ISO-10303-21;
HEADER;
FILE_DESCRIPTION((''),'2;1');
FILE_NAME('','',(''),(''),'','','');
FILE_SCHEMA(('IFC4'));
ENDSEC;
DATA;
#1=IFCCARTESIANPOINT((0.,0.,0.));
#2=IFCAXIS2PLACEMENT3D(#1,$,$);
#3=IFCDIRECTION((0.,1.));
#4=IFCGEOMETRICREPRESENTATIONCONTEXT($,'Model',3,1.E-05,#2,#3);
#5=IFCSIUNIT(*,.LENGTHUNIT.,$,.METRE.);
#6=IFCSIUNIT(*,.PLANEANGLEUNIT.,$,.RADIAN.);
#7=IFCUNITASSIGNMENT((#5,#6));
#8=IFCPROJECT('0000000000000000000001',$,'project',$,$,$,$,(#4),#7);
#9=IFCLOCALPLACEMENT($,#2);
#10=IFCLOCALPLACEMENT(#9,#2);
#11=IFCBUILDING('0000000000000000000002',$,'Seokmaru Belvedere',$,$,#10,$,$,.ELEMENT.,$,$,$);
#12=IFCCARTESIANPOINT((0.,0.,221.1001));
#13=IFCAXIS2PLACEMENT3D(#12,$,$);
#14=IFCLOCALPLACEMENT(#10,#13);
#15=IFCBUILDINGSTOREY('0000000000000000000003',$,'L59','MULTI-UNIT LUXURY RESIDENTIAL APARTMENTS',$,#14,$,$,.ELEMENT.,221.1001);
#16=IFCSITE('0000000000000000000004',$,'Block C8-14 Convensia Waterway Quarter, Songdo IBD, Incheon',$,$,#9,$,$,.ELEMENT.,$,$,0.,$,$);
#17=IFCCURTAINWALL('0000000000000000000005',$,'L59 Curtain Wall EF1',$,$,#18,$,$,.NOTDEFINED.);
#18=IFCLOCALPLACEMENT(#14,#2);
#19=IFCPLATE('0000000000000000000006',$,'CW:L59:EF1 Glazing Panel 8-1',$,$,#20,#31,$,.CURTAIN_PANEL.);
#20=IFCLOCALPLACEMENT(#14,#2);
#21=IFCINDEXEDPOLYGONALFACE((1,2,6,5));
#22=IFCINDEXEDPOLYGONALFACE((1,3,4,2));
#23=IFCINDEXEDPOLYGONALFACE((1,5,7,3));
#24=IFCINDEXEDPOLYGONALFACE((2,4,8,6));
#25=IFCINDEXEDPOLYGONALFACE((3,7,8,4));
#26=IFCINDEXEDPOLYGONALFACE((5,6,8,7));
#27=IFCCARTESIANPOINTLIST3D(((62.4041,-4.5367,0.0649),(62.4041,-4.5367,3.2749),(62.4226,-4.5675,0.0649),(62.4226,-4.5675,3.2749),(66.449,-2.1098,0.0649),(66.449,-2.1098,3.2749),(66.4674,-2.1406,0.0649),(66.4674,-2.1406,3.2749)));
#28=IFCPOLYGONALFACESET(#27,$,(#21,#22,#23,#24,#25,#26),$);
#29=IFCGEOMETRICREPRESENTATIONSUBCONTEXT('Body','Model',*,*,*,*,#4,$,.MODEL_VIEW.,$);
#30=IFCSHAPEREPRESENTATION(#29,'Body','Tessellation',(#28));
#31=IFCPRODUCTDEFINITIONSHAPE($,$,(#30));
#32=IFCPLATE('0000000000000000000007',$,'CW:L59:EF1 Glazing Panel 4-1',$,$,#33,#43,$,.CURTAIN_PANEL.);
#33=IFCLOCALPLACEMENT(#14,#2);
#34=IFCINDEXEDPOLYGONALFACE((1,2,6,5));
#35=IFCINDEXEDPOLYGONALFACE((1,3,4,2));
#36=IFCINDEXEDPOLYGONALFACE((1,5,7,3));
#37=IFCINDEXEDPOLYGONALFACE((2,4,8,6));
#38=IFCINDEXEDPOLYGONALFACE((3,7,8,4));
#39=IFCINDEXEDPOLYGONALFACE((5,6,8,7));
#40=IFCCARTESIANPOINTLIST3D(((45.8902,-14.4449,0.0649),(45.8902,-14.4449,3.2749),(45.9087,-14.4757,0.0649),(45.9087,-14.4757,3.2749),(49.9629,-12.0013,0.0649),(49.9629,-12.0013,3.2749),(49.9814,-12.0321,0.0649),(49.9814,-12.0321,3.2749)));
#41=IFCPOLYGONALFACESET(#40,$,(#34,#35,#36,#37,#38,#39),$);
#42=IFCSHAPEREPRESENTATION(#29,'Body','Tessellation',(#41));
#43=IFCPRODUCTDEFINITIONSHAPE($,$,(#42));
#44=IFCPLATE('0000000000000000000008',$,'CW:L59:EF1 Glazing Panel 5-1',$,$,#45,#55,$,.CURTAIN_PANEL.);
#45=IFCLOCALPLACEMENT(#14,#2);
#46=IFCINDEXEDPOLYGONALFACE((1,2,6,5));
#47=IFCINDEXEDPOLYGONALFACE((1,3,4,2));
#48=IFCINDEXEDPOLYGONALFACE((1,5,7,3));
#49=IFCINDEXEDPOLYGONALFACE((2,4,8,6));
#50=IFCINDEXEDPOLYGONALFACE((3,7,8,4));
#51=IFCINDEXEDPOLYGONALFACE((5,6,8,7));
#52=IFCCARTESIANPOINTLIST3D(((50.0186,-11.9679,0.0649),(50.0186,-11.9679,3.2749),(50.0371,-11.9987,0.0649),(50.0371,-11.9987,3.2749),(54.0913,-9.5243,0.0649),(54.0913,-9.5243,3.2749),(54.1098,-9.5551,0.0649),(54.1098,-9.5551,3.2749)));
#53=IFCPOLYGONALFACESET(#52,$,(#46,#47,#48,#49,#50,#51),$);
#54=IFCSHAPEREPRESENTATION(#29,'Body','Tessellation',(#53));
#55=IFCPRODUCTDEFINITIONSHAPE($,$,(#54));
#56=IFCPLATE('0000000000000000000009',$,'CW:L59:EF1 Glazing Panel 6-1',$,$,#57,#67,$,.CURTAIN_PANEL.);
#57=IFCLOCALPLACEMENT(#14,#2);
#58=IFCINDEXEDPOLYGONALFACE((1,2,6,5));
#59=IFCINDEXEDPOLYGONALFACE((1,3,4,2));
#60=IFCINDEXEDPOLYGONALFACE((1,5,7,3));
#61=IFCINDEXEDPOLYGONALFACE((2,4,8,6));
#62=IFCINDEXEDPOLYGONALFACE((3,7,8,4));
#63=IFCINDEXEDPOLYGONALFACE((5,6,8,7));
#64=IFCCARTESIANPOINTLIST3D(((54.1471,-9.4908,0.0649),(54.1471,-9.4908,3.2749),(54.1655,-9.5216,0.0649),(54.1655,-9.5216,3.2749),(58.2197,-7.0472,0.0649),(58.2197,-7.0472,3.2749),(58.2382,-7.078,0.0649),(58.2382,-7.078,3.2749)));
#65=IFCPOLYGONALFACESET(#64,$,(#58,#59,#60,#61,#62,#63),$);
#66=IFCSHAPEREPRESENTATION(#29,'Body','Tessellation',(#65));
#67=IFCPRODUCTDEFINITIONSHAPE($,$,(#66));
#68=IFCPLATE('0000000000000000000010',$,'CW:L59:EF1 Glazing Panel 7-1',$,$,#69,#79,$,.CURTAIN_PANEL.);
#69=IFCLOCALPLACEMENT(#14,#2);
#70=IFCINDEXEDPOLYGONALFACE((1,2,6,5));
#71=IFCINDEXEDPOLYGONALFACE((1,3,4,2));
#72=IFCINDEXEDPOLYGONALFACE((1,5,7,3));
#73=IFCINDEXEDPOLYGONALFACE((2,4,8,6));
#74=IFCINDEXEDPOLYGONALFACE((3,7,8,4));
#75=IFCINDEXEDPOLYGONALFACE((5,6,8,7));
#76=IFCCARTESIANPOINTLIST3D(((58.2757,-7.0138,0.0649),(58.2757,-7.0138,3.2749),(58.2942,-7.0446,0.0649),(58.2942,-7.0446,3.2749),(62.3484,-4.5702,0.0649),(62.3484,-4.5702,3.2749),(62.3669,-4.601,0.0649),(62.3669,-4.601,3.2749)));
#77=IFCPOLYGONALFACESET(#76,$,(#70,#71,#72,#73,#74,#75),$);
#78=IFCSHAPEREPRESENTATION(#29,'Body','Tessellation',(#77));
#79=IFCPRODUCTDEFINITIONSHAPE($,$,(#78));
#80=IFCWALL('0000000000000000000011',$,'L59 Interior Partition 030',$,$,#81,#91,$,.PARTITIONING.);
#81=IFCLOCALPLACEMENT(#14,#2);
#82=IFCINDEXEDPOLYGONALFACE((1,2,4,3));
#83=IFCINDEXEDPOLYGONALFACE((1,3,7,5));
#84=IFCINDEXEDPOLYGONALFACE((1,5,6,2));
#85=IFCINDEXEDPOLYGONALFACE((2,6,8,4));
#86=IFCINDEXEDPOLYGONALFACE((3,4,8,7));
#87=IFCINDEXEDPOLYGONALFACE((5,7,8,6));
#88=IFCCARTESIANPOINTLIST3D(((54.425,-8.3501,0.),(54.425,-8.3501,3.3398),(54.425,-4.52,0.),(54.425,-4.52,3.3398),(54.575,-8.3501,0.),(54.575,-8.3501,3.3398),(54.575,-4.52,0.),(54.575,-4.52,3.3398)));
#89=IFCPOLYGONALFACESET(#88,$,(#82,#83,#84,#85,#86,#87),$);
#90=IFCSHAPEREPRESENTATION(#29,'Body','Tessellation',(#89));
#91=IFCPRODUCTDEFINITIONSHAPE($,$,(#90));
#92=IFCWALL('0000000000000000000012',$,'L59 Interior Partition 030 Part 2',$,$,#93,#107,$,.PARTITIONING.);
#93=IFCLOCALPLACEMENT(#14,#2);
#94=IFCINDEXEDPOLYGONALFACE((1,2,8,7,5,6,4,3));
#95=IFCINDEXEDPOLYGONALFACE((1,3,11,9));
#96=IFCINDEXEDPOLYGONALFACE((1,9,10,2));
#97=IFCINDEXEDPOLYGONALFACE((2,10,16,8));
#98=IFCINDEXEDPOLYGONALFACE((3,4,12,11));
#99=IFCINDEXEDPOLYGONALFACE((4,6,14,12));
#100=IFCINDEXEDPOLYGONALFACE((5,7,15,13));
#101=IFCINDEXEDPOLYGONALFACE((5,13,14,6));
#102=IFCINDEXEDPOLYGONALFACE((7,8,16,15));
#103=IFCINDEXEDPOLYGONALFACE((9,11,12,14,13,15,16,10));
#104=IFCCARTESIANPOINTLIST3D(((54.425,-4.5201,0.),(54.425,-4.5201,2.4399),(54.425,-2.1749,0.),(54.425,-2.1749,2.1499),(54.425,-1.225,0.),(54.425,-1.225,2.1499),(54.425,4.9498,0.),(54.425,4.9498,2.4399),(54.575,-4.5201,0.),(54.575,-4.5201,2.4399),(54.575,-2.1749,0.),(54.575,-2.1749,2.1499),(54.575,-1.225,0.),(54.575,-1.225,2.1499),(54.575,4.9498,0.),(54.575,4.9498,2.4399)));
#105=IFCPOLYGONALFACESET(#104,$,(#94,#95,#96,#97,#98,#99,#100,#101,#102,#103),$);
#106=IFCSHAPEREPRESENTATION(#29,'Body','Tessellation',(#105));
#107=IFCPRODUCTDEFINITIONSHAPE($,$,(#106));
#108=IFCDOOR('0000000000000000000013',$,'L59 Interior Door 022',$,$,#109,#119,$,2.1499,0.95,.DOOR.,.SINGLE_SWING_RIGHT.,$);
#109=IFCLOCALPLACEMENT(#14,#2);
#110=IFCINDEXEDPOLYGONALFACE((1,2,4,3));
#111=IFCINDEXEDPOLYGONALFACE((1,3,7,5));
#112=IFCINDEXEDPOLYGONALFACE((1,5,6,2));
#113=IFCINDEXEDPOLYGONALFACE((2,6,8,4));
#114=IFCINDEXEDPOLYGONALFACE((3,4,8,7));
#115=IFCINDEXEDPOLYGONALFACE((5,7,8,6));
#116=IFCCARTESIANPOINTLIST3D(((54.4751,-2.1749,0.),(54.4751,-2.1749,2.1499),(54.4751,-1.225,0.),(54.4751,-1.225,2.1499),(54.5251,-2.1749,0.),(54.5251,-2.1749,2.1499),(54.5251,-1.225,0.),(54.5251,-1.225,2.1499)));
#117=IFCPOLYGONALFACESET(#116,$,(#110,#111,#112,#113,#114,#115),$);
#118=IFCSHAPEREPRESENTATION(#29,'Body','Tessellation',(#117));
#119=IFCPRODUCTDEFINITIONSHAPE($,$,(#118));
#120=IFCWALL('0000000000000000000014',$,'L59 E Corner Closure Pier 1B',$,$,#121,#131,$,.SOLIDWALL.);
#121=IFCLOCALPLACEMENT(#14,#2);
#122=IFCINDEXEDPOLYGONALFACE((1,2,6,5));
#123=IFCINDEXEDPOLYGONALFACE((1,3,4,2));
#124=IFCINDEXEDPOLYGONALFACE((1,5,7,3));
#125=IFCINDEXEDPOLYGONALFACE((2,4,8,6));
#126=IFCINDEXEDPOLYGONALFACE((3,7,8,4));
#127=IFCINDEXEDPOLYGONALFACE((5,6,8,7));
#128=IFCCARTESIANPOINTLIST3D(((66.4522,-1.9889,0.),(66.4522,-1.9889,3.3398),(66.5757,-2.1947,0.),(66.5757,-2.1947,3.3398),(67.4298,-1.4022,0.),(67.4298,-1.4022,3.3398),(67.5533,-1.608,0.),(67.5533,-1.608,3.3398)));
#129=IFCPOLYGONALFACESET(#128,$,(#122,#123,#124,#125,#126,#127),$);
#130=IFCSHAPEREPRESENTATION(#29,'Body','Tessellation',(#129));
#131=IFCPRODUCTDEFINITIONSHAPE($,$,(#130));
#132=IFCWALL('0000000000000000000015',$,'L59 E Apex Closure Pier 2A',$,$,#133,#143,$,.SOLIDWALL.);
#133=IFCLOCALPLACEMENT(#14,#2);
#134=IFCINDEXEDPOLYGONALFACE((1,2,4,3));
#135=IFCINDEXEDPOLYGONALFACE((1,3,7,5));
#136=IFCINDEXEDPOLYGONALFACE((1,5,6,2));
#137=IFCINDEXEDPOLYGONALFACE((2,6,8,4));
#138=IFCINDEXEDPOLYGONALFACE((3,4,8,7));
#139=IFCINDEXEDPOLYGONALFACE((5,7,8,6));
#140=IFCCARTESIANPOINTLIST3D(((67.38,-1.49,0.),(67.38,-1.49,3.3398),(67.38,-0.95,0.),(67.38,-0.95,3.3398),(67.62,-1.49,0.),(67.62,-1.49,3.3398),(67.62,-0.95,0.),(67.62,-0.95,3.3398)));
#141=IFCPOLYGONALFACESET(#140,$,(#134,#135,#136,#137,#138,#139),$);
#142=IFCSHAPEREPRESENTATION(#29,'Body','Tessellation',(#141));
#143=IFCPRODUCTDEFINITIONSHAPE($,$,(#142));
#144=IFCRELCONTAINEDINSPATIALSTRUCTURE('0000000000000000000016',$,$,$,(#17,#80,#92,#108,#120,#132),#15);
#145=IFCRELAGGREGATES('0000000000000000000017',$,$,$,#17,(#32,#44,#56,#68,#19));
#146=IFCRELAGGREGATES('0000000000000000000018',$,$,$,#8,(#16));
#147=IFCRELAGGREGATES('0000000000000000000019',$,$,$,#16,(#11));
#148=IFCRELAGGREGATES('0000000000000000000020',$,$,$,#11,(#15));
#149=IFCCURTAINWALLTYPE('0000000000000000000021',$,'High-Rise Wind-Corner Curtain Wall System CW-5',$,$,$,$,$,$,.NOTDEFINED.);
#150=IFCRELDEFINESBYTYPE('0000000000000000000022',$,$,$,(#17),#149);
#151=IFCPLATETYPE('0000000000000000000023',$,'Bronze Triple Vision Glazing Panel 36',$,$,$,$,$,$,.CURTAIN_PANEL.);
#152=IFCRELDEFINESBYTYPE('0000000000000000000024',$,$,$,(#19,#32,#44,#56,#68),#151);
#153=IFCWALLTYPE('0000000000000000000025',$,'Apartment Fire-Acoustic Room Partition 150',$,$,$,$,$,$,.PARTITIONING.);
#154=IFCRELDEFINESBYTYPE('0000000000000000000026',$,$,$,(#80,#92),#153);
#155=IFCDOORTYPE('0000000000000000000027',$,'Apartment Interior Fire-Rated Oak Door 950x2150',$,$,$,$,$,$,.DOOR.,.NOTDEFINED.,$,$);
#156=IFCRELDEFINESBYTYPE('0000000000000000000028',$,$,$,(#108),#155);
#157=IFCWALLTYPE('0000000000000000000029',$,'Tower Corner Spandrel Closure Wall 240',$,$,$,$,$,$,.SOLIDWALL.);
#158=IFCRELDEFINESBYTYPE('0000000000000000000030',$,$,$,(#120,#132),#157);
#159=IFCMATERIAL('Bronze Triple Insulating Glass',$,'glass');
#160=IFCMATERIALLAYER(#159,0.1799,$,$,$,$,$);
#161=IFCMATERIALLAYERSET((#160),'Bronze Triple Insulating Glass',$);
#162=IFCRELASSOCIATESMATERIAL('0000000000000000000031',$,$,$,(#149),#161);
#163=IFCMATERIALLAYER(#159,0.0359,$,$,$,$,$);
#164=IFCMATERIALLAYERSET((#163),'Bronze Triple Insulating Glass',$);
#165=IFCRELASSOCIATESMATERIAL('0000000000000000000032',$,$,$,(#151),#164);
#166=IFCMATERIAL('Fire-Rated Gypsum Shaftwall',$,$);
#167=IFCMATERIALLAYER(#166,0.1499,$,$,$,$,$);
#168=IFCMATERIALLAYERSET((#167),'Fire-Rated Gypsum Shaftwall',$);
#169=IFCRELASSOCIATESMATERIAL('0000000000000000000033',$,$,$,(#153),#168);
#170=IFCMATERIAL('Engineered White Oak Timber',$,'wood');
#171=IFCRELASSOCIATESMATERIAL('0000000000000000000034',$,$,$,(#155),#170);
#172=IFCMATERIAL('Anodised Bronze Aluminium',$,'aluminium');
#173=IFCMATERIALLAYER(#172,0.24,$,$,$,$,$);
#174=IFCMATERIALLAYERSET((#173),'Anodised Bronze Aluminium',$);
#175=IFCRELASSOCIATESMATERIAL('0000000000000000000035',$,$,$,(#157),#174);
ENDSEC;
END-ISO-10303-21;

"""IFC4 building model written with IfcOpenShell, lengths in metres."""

from ifc_helpers import new_model, si_unit, direction, frame, frame_2d, origin, origin_2d, place, context, subcontext, project, spatial, rectangle, extrude, source, transform, mapped, material, layer, layer_set, type_object, type_shapes, element, fill, aggregate, save


model = new_model("IFC4")

# Units and contexts
model_context = context("Model", 3, precision=1e-05, world=origin(), true_north=direction((0.0, 1.0)))
body_context = subcontext(model_context, "Body", "Model", "MODEL_VIEW")
ifc_project = project(units=[si_unit("LENGTHUNIT", "METRE"), si_unit("PLANEANGLEUNIT", "RADIAN")], contexts=[model_context])

# Site, building, storey
site_placement = place(None, origin())
site = spatial("IfcSite", under=ifc_project, at=site_placement, Name="Block C8-14 Convensia Waterway Quarter, Songdo IBD, Incheon", CompositionType="ELEMENT", RefElevation=0.0)
building_placement = place(site_placement, origin())
building = spatial("IfcBuilding", under=site, at=building_placement, Name="Seokmaru Belvedere", CompositionType="ELEMENT")
storey_placement = place(building_placement, frame((0.0, 0.0, 221.1001)))
storey = spatial("IfcBuildingStorey", under=building, at=storey_placement, Name="L59", Description="MULTI-UNIT LUXURY RESIDENTIAL APARTMENTS", CompositionType="ELEMENT", Elevation=221.1001)

# Curtain wall, plates
ifc_material_1 = material(Name="Bronze Triple Insulating Glass", Category="glass")
ifc_layer_1 = layer(ifc_material_1, 0.1799)
ifc_layer_set_1 = layer_set([ifc_layer_1], Name="Bronze Triple Insulating Glass")
curtain_wall_type = type_object("IfcCurtainWallType", Name="High-Rise Wind-Corner Curtain Wall System CW-5", PredefinedType="NOTDEFINED", material=ifc_layer_set_1)
curtain_wall_placement = place(storey_placement, origin())
curtain_wall = element("IfcCurtainWall", 1, at=curtain_wall_placement, inside=storey, type_object=curtain_wall_type, Name="L59 Curtain Wall EF1", PredefinedType="NOTDEFINED")
ifc_material_2 = material(Name="Anodised Bronze Aluminium", Category="aluminium")
ifc_layer_2 = layer(ifc_material_1, 0.0359)
ifc_layer_set_2 = layer_set([ifc_layer_2], Name="Bronze Triple Insulating Glass")
plate_type = type_object("IfcPlateType", Name="Bronze Triple Vision Glazing Panel 36", PredefinedType="CURTAIN_PANEL", material=ifc_layer_set_2)
shared_shape_1 = source(origin(), body_context, "Body", "SweptSolid", [
    extrude(rectangle(XDim=4.717, YDim=0.0359, at=origin_2d()), origin(), (0.0, 0.0, 1.0), 3.21),
])
plate_1_placement = place(storey_placement, frame((64.4358, -3.3386, 0.0649), z_axis=(0.0, 0.0, 1.0), x_axis=(0.857493, 0.514495, 0.0)))
plate_1 = element("IfcPlate", 2, at=plate_1_placement, type_object=plate_type, Name="CW:L59:EF1 Glazing Panel 8-1", PredefinedType="CURTAIN_PANEL", context=body_context, shape_type="MappedRepresentation", body=[
    mapped(shared_shape_1, transform((0.0, 0.0, 0.0), scale=1.0)),
])
shared_shape_2 = source(origin(), body_context, "Body", "SweptSolid", [
    extrude(rectangle(XDim=4.7495, YDim=0.0359, at=origin_2d()), origin(), (0.0, 0.0, 1.0), 3.21),
])
type_shapes(plate_type, [shared_shape_1, shared_shape_2])
plate_2_placement = place(storey_placement, frame((47.9358, -13.2385, 0.0649), z_axis=(0.0, 0.0, 1.0), x_axis=(0.857493, 0.514495, 0.0)))
plate_2 = element("IfcPlate", 3, at=plate_2_placement, type_object=plate_type, Name="CW:L59:EF1 Glazing Panel 4-1", PredefinedType="CURTAIN_PANEL", context=body_context, shape_type="MappedRepresentation", body=[
    mapped(shared_shape_2, transform((0.0, 0.0, 0.0), scale=1.0)),
])
plate_3_placement = place(storey_placement, frame((52.0642, -10.7615, 0.0649), z_axis=(0.0, 0.0, 1.0), x_axis=(0.857493, 0.514495, 0.0)))
plate_3 = element("IfcPlate", 4, at=plate_3_placement, type_object=plate_type, Name="CW:L59:EF1 Glazing Panel 5-1", PredefinedType="CURTAIN_PANEL", context=body_context, shape_type="MappedRepresentation", body=[
    mapped(shared_shape_2, transform((0.0, 0.0, 0.0), scale=1.0)),
])
plate_4_placement = place(storey_placement, frame((56.1926, -8.2844, 0.0649), z_axis=(0.0, 0.0, 1.0), x_axis=(0.857493, 0.514495, 0.0)))
plate_4 = element("IfcPlate", 5, at=plate_4_placement, type_object=plate_type, Name="CW:L59:EF1 Glazing Panel 6-1", PredefinedType="CURTAIN_PANEL", context=body_context, shape_type="MappedRepresentation", body=[
    mapped(shared_shape_2, transform((0.0, 0.0, 0.0), scale=1.0)),
])
plate_5_placement = place(storey_placement, frame((60.3213, -5.8074, 0.0649), z_axis=(0.0, 0.0, 1.0), x_axis=(0.857493, 0.514495, 0.0)))
plate_5 = element("IfcPlate", 6, at=plate_5_placement, type_object=plate_type, Name="CW:L59:EF1 Glazing Panel 7-1", PredefinedType="CURTAIN_PANEL", context=body_context, shape_type="MappedRepresentation", body=[
    mapped(shared_shape_2, transform((0.0, 0.0, 0.0), scale=1.0)),
])
aggregate(curtain_wall, [plate_2, plate_3, plate_4, plate_5, plate_1])

# Wall
ifc_material_3 = material(Name="Fire-Rated Gypsum Shaftwall")
ifc_layer_3 = layer(ifc_material_3, 0.1499)
ifc_layer_set_3 = layer_set([ifc_layer_3], Name="Fire-Rated Gypsum Shaftwall")
wall_type_1 = type_object("IfcWallType", Name="Apartment Fire-Acoustic Room Partition 150", PredefinedType="PARTITIONING", material=ifc_layer_set_3)
wall_1_placement = place(storey_placement, frame((54.5, -8.3501, 0.0), z_axis=(0.0, 0.0, 1.0), x_axis=(0.0, 1.0, 0.0)))
element("IfcWall", 7, at=wall_1_placement, inside=storey, type_object=wall_type_1, Name="L59 Interior Partition 030", PredefinedType="PARTITIONING", context=body_context, shape_type="SweptSolid", body=[
    extrude(rectangle(XDim=3.8301, YDim=0.1499, at=frame_2d((1.915, 0.0))), origin(), (0.0, 0.0, 1.0), 3.3398),
])

# Wall, opening, door
wall_2_placement = place(storey_placement, frame((54.5, -4.52, 0.0), z_axis=(0.0, 0.0, 1.0), x_axis=(0.0, 1.0, 0.0)))
wall_2 = element("IfcWall", 8, at=wall_2_placement, inside=storey, type_object=wall_type_1, Name="L59 Interior Partition 030 Part 2", PredefinedType="PARTITIONING", context=body_context, shape_type="SweptSolid", body=[
    extrude(rectangle(XDim=9.47, YDim=0.1499, at=frame_2d((4.7349, 0.0))), origin(), (0.0, 0.0, 1.0), 2.4399),
])
opening_placement = place(wall_2_placement, frame((2.345, 0.0, 0.0)))
opening = element("IfcOpeningElement", 9, at=opening_placement, cuts=wall_2, PredefinedType="OPENING", context=body_context, shape_type="SweptSolid", body=[
    extrude(rectangle(XDim=0.95, YDim=2.1499, at=frame_2d((0.4751, 1.075))), frame((0.0, 0.085, 0.0), z_axis=(0.0, -1.0, 0.0), x_axis=(1.0, 0.0, 0.0)), (0.0, 0.0, 1.0), 0.1699),
])
ifc_material_4 = material(Name="Engineered White Oak Timber", Category="wood")
door_type = type_object("IfcDoorType", Name="Apartment Interior Fire-Rated Oak Door 950x2150", OperationType="NOTDEFINED", PredefinedType="DOOR", material=ifc_material_4)
shared_shape_3 = source(origin(), body_context, "Body", "SweptSolid", [
    extrude(rectangle(XDim=0.95, YDim=2.1499, at=frame_2d((0.4751, 1.075))), frame((0.0, 0.0249, 0.0), z_axis=(0.0, -1.0, 0.0), x_axis=(1.0, 0.0, 0.0)), (0.0, 0.0, 1.0), 0.05),
])
type_shapes(door_type, [shared_shape_3])
door_placement = place(opening_placement, origin())
door = element("IfcDoor", 10, at=door_placement, inside=storey, type_object=door_type, Name="L59 Interior Door 022", OperationType="SINGLE_SWING_RIGHT", OverallHeight=2.1499, OverallWidth=0.95, PredefinedType="DOOR", context=body_context, shape_type="MappedRepresentation", body=[
    mapped(shared_shape_3, transform((0.0, 0.0, 0.0), scale=1.0)),
])
fill(opening, door)

# Walls
ifc_layer_4 = layer(ifc_material_2, 0.24)
ifc_layer_set_4 = layer_set([ifc_layer_4], Name="Anodised Bronze Aluminium")
wall_type_2 = type_object("IfcWallType", Name="Tower Corner Spandrel Closure Wall 240", PredefinedType="SOLIDWALL", material=ifc_layer_set_4)
wall_3_placement = place(storey_placement, frame((66.5139, -2.0918, 0.0), z_axis=(0.0, 0.0, 1.0), x_axis=(0.857436, 0.51459, 0.0)))
element("IfcWall", 11, at=wall_3_placement, inside=storey, type_object=wall_type_2, Name="L59 E Corner Closure Pier 1B", PredefinedType="SOLIDWALL", context=body_context, shape_type="SweptSolid", body=[
    extrude(rectangle(XDim=1.1401, YDim=0.24, at=frame_2d((0.5701, 0.0))), origin(), (0.0, 0.0, 1.0), 3.3398),
])
wall_4_placement = place(storey_placement, frame((67.5, -1.49, 0.0), z_axis=(0.0, 0.0, 1.0), x_axis=(0.0, 1.0, 0.0)))
element("IfcWall", 12, at=wall_4_placement, inside=storey, type_object=wall_type_2, Name="L59 E Apex Closure Pier 2A", PredefinedType="SOLIDWALL", context=body_context, shape_type="SweptSolid", body=[
    extrude(rectangle(XDim=0.54, YDim=0.24, at=frame_2d((0.27, 0.0))), origin(), (0.0, 0.0, 1.0), 3.3398),
])

save(model, "model.ifc")
